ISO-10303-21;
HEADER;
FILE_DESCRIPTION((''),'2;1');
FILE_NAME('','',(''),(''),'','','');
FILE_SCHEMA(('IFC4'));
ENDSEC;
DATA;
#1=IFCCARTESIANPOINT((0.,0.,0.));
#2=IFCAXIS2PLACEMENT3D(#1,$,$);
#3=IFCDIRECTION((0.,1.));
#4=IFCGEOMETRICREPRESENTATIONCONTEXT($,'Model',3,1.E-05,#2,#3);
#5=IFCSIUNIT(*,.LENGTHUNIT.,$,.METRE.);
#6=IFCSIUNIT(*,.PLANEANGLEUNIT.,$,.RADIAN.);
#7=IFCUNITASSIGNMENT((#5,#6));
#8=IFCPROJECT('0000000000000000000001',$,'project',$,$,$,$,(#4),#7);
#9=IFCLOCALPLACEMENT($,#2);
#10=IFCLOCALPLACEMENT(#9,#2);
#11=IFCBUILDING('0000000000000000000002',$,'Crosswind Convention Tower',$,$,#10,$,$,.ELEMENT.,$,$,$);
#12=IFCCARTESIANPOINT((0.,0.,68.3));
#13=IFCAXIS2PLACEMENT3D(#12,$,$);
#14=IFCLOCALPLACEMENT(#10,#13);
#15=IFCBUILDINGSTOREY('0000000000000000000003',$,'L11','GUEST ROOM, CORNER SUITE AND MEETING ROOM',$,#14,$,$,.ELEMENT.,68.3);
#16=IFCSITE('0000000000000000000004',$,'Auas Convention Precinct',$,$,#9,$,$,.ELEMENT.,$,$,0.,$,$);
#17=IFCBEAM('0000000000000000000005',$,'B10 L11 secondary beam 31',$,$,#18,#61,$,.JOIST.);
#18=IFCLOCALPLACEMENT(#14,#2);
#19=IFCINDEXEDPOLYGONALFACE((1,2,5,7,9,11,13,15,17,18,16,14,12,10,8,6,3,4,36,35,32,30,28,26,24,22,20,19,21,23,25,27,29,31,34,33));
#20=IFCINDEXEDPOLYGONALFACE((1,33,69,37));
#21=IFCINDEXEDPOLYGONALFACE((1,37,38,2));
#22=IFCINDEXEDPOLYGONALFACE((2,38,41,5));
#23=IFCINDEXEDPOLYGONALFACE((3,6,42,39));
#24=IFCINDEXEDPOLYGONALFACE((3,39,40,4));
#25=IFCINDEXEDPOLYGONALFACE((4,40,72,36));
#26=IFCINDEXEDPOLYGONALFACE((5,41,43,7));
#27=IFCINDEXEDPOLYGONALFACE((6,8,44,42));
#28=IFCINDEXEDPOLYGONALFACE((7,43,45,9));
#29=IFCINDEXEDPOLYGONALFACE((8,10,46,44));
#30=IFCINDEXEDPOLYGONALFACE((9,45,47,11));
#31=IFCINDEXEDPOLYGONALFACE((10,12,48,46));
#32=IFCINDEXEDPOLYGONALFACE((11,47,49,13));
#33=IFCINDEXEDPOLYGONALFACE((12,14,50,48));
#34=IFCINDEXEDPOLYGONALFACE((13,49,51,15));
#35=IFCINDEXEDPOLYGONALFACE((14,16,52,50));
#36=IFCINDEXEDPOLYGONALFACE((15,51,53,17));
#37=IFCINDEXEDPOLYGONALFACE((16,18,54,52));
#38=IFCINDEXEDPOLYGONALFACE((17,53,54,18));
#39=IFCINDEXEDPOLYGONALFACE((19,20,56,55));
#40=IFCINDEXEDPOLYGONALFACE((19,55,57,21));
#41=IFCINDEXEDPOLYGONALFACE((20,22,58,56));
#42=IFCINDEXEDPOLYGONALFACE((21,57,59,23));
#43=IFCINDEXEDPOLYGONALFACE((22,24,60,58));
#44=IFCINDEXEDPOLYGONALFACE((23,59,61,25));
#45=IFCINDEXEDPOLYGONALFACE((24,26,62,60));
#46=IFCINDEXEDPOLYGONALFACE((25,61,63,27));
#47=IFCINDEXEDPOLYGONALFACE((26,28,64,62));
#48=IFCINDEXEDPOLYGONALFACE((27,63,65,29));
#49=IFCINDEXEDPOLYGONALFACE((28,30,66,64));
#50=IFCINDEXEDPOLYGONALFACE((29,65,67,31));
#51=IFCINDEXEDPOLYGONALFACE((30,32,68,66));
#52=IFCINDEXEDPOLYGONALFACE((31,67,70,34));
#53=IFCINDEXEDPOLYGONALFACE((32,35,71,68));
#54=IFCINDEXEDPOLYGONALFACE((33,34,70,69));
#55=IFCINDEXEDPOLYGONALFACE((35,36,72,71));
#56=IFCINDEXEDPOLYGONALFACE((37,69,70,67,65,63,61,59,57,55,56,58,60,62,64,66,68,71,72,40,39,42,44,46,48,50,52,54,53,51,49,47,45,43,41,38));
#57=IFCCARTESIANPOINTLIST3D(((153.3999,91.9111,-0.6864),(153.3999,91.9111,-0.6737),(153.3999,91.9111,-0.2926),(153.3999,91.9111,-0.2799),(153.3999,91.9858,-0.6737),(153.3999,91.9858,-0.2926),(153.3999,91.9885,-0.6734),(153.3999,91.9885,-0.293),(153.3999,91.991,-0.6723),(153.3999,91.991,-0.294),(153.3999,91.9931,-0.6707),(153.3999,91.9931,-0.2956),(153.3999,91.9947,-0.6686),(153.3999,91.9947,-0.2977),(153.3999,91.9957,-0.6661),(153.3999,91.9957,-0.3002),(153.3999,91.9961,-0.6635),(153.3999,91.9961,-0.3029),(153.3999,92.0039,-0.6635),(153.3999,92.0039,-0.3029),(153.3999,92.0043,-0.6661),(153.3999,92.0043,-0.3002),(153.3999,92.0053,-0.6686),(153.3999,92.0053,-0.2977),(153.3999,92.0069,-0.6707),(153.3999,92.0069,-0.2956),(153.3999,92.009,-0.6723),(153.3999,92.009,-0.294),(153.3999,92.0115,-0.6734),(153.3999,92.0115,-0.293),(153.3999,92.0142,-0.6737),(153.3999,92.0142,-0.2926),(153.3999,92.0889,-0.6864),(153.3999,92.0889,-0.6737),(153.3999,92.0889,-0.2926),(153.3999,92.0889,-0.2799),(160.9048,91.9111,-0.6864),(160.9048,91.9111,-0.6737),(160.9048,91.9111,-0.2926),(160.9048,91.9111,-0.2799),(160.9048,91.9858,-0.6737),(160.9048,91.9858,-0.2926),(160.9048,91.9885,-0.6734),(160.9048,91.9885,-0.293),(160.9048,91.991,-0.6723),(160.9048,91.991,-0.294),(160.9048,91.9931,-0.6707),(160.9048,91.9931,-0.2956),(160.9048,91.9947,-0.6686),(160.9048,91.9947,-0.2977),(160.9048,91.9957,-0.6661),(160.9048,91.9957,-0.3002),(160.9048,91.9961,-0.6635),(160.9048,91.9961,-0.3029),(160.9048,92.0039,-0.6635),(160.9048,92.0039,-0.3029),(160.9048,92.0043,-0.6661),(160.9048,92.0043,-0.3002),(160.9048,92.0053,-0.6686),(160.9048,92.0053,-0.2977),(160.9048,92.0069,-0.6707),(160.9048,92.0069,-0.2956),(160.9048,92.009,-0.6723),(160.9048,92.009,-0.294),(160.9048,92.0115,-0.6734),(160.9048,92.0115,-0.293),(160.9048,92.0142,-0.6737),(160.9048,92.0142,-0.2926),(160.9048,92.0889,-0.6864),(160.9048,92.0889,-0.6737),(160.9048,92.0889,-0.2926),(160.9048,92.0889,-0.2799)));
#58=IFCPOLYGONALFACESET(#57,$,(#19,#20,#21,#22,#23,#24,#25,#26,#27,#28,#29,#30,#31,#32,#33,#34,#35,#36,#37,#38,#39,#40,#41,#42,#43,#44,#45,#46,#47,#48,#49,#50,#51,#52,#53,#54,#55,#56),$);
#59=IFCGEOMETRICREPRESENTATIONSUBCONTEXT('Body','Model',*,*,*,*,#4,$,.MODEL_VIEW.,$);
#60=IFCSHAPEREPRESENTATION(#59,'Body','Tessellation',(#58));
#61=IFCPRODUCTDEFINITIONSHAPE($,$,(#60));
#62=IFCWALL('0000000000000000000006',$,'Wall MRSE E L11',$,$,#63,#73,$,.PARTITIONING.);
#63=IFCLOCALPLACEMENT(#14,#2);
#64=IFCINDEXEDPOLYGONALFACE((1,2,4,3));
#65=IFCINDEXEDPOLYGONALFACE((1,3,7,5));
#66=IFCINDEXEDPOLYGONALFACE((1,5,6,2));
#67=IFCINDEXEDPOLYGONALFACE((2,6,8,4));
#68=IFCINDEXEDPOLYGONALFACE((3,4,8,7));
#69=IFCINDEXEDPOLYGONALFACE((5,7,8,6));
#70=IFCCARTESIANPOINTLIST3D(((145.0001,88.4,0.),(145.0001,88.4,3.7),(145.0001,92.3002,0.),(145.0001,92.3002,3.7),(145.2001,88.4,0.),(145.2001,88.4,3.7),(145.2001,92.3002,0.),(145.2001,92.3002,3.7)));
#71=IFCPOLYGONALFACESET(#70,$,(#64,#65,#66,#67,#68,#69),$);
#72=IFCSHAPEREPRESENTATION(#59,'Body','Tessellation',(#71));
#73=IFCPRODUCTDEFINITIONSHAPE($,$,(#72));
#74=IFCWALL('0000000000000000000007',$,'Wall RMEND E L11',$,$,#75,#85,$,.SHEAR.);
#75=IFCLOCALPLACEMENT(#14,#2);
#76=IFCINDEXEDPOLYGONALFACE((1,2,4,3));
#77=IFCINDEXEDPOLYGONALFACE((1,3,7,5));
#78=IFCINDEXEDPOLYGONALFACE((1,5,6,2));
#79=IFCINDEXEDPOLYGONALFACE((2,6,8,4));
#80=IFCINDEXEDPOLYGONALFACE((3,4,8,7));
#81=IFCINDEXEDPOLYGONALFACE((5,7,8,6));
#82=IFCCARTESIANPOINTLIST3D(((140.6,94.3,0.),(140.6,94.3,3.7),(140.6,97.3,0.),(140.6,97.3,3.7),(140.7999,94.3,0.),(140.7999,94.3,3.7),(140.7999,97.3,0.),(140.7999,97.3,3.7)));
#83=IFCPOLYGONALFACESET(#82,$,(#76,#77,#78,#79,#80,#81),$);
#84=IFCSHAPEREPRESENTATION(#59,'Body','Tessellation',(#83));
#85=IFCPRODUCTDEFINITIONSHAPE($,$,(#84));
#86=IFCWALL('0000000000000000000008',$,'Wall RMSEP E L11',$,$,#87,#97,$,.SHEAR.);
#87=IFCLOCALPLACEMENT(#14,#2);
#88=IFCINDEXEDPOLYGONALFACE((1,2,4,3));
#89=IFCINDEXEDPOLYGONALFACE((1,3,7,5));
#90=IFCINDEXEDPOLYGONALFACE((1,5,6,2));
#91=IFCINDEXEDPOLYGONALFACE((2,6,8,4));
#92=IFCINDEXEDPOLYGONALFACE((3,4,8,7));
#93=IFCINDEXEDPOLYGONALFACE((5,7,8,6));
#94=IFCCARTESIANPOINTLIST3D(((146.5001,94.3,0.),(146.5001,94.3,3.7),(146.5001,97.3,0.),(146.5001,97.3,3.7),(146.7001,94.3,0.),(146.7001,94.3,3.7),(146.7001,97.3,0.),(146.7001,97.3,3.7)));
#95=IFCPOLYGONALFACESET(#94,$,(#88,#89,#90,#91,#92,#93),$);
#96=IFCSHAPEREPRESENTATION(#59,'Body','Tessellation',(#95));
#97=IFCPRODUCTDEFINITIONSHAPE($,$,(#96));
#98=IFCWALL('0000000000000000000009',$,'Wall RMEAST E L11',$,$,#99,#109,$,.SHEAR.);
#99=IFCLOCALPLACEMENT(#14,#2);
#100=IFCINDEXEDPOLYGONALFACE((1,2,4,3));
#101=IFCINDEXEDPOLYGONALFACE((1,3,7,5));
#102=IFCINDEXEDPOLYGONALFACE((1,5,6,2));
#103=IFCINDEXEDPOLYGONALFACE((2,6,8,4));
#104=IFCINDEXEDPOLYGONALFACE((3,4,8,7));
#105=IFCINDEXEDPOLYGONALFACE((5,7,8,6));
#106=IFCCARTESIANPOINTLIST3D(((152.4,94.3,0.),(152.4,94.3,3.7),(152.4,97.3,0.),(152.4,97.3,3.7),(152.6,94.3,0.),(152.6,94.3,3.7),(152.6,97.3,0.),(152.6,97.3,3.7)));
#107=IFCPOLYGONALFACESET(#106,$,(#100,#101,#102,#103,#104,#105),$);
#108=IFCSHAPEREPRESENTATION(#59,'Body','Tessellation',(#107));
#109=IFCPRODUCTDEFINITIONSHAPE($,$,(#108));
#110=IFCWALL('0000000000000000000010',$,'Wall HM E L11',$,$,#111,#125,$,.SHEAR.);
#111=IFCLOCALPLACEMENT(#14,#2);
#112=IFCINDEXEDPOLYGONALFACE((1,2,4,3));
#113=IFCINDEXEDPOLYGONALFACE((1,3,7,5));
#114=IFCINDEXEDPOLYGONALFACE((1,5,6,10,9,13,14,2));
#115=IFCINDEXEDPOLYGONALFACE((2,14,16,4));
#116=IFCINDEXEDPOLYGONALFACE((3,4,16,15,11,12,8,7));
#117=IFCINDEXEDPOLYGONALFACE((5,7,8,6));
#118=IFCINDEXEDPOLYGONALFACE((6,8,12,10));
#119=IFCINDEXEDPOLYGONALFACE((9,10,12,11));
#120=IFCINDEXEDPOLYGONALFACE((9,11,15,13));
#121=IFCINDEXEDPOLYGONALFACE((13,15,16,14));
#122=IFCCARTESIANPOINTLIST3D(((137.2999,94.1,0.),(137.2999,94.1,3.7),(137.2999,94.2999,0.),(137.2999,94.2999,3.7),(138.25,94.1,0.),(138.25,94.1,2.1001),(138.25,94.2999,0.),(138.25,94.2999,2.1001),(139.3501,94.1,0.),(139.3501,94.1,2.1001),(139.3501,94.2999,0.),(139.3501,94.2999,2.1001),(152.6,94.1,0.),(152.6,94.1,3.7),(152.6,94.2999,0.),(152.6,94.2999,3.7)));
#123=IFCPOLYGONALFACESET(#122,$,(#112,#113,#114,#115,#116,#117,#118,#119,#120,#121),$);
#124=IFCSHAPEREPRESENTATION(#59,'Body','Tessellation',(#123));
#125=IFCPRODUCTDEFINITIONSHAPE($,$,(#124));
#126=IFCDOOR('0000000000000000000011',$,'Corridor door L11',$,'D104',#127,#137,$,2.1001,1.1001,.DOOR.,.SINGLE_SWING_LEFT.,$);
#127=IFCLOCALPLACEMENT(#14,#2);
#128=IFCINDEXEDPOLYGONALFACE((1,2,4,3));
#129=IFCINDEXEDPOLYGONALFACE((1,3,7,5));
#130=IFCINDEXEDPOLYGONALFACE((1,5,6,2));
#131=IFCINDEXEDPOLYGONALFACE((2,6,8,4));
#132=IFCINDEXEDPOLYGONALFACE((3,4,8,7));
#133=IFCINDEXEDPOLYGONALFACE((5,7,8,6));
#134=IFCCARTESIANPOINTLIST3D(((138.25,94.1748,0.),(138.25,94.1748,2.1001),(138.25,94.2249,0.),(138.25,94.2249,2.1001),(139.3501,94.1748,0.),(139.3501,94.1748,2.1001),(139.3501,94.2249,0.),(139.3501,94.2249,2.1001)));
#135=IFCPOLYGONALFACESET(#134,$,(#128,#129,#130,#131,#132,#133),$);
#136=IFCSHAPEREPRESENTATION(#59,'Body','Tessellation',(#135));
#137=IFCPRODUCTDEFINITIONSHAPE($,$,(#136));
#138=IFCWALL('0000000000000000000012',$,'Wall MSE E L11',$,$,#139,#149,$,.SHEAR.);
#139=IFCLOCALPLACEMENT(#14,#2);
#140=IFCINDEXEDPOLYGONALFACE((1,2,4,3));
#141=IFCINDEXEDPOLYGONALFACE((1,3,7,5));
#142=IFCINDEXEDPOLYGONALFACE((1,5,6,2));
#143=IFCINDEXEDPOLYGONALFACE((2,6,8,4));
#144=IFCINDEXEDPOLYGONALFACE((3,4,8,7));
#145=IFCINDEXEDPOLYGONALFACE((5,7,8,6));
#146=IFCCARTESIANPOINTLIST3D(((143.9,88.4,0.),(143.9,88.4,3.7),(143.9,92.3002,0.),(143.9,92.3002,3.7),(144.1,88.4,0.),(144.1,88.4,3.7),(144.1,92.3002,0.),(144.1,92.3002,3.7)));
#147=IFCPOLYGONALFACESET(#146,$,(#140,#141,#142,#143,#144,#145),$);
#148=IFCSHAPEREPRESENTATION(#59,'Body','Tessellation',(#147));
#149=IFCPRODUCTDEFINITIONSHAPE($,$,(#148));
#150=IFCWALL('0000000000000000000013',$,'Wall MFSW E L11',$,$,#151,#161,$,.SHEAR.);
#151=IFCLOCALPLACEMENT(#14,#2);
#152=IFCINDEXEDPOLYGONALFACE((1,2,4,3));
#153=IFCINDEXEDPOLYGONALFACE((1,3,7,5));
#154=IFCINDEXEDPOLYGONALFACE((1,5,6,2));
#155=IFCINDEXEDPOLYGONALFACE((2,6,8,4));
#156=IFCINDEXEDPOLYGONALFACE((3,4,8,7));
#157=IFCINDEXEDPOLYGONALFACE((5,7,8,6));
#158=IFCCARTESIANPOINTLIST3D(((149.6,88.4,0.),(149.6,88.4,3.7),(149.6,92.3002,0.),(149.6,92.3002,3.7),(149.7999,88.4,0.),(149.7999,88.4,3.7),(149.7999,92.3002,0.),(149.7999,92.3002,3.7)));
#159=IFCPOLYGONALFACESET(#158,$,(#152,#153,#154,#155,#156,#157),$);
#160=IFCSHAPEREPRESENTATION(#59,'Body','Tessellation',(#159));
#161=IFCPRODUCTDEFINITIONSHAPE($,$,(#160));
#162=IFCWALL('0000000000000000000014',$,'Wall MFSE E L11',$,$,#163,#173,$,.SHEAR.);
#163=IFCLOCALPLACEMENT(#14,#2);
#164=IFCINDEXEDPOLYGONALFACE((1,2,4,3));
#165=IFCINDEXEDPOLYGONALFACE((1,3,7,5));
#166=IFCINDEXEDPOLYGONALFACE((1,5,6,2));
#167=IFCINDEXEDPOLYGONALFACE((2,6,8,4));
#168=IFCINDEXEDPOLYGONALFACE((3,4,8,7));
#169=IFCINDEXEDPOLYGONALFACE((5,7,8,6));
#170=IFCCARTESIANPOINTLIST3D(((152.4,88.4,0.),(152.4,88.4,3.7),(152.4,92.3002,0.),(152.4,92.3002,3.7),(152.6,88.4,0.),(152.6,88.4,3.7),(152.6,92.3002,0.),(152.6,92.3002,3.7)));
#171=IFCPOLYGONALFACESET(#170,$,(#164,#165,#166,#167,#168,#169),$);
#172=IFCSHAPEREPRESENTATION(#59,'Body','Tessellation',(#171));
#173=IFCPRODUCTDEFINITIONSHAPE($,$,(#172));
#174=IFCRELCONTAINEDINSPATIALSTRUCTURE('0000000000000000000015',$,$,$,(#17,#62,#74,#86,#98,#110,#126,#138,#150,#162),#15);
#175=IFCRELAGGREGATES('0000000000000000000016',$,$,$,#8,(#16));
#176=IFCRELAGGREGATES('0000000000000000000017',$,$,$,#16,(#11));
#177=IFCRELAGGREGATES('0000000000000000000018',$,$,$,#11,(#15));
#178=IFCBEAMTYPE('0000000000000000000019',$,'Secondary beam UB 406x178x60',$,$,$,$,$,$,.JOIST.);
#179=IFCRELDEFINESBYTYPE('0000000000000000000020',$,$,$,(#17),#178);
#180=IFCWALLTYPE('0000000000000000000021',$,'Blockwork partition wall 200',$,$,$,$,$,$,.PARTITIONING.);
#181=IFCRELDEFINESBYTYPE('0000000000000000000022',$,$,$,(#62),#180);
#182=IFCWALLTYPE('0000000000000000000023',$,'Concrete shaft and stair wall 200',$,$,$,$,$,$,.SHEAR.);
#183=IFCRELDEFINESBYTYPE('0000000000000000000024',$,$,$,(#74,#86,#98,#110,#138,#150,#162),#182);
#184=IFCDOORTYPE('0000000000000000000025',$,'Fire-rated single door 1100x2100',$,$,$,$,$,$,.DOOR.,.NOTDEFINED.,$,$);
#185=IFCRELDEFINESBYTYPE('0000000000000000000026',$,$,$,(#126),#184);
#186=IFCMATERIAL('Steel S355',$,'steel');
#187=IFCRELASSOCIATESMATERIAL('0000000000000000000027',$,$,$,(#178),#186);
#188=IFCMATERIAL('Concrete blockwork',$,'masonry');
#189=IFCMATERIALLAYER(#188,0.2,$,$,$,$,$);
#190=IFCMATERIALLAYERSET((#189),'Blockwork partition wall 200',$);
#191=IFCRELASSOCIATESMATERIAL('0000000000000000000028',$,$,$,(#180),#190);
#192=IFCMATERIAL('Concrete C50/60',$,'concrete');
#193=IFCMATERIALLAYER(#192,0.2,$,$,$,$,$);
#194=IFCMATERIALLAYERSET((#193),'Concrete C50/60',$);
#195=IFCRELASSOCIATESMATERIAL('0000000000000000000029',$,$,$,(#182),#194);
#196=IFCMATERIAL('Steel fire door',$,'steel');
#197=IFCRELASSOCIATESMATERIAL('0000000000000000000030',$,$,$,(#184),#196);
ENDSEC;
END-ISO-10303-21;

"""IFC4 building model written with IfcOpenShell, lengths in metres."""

from ifc_helpers import new_model, si_unit, direction, frame, frame_2d, origin, origin_2d, place, context, subcontext, project, spatial, rectangle, i_section, extrude, material, layer, layer_set, material_profile, profile_set, type_object, element, fill, save


model = new_model("IFC4")

# Units and contexts
model_context = context("Model", 3, precision=1e-05, world=origin(), true_north=direction((0.0, 1.0)))
body_context = subcontext(model_context, "Body", "Model", "MODEL_VIEW")
ifc_project = project(units=[si_unit("LENGTHUNIT", "METRE"), si_unit("PLANEANGLEUNIT", "RADIAN")], contexts=[model_context])

# Site, building, storey
site_placement = place(None, origin())
site = spatial("IfcSite", under=ifc_project, at=site_placement, Name="Auas Convention Precinct", CompositionType="ELEMENT", RefElevation=0.0)
building_placement = place(site_placement, origin())
building = spatial("IfcBuilding", under=site, at=building_placement, Name="Crosswind Convention Tower", CompositionType="ELEMENT")
storey_placement = place(building_placement, frame((0.0, 0.0, 68.3)))
storey = spatial("IfcBuildingStorey", under=building, at=storey_placement, Name="L11", Description="GUEST ROOM, CORNER SUITE AND MEETING ROOM", CompositionType="ELEMENT", Elevation=68.3)

# Beam
ifc_material_1 = material(Name="Steel S355", Category="steel")
ifc_material_profile = material_profile(ifc_material_1, i_section(OverallWidth=0.1777, OverallDepth=0.4065, WebThickness=0.0078, FlangeThickness=0.0127, FilletRadius=0.0103, at=origin_2d()), Name="UB 406x178x60")
ifc_profile_set = profile_set([ifc_material_profile], Name="Steel S355")
beam_type = type_object("IfcBeamType", Name="Secondary beam UB 406x178x60", PredefinedType="JOIST", material=ifc_profile_set)
beam_placement = place(storey_placement, frame((153.3999, 92.0, -0.4832), z_axis=(1.0, 0.0, 0.0), x_axis=(0.0, 1.0, 0.0)))
element("IfcBeam", 1, at=beam_placement, inside=storey, type_object=beam_type, Name="B10 L11 secondary beam 31", PredefinedType="JOIST", context=body_context, shape_type="SweptSolid", body=[
    extrude(i_section(OverallWidth=0.1777, OverallDepth=0.4065, WebThickness=0.0078, FlangeThickness=0.0127, FilletRadius=0.0103, at=origin_2d()), origin(), (0.0, 0.0, 1.0), 7.5049),
])

# Wall
ifc_material_2 = material(Name="Concrete blockwork", Category="masonry")
ifc_layer_1 = layer(ifc_material_2, 0.2)
ifc_layer_set_1 = layer_set([ifc_layer_1], Name="Blockwork partition wall 200")
wall_type_1 = type_object("IfcWallType", Name="Blockwork partition wall 200", PredefinedType="PARTITIONING", material=ifc_layer_set_1)
wall_1_placement = place(storey_placement, frame((145.1001, 88.3999, 0.0), z_axis=(0.0, 0.0, 1.0), x_axis=(0.0, 1.0, 0.0)))
element("IfcWall", 2, at=wall_1_placement, inside=storey, type_object=wall_type_1, Name="Wall MRSE E L11", PredefinedType="PARTITIONING", context=body_context, shape_type="SweptSolid", body=[
    extrude(rectangle(XDim=3.9001, YDim=0.2, at=frame_2d((1.9502, 0.0))), origin(), (0.0, 0.0, 1.0), 3.7),
])

# Shared definitions
ifc_material_3 = material(Name="Concrete C50/60", Category="concrete")

# Walls
ifc_layer_2 = layer(ifc_material_3, 0.2)
ifc_layer_set_2 = layer_set([ifc_layer_2], Name="Concrete C50/60")
wall_type_2 = type_object("IfcWallType", Name="Concrete shaft and stair wall 200", PredefinedType="SHEAR", material=ifc_layer_set_2)
for number, where, z_axis, x_axis, name in (
    (3, (140.7, 94.3, 0.0), (0.0, 0.0, 1.0), (0.0, 1.0, 0.0), "Wall RMEND E L11"),
    (4, (146.6001, 94.3, 0.0), (0.0, 0.0, 1.0), (0.0, 1.0, 0.0), "Wall RMSEP E L11"),
    (5, (152.5, 94.3, 0.0), (0.0, 0.0, 1.0), (0.0, 1.0, 0.0), "Wall RMEAST E L11"),
):
    element("IfcWall", number, at=place(storey_placement, frame(where, z_axis=z_axis, x_axis=x_axis)), inside=storey, type_object=wall_type_2, Name=name, PredefinedType="SHEAR", context=body_context, shape_type="SweptSolid", body=[
        extrude(rectangle(XDim=3.0, YDim=0.2, at=frame_2d((1.5, 0.0))), origin(), (0.0, 0.0, 1.0), 3.7),
    ])

# Wall, opening, door
wall_2_placement = place(storey_placement, frame((137.3, 94.2, 0.0), z_axis=(0.0, 0.0, 1.0), x_axis=(1.0, 0.0, 0.0)))
wall_2 = element("IfcWall", 6, at=wall_2_placement, inside=storey, type_object=wall_type_2, Name="Wall HM E L11", PredefinedType="SHEAR", context=body_context, shape_type="SweptSolid", body=[
    extrude(rectangle(XDim=15.3, YDim=0.2, at=frame_2d((7.6499, 0.0))), origin(), (0.0, 0.0, 1.0), 3.7),
])
opening_1_placement = place(wall_2_placement, frame((0.95, 0.0, 0.0)))
opening_1 = element("IfcOpeningElement", 7, at=opening_1_placement, cuts=wall_2, PredefinedType="OPENING", context=body_context, shape_type="SweptSolid", body=[
    extrude(rectangle(XDim=1.1001, YDim=2.1001, at=frame_2d((0.55, 1.05))), frame((0.0, 0.1099, 0.0), z_axis=(0.0, -1.0, 0.0), x_axis=(1.0, 0.0, 0.0)), (0.0, 0.0, 1.0), 0.22),
])
ifc_material_4 = material(Name="Steel fire door", Category="steel")
door_type_1 = type_object("IfcDoorType", Name="Fire-rated single door 1100x2100", OperationType="NOTDEFINED", PredefinedType="DOOR", material=ifc_material_4)
door_1_placement = place(opening_1_placement, origin())
door_1 = element("IfcDoor", 8, at=door_1_placement, inside=storey, type_object=door_type_1, Name="Corridor door L11", ObjectType="D104", OperationType="SINGLE_SWING_LEFT", OverallHeight=2.1001, OverallWidth=1.1001, PredefinedType="DOOR", context=body_context, shape_type="SweptSolid", body=[
    extrude(rectangle(XDim=1.1001, YDim=2.1001, at=frame_2d((0.55, 1.05))), frame((0.0, 0.0249, 0.0), z_axis=(0.0, -1.0, 0.0), x_axis=(1.0, 0.0, 0.0)), (0.0, 0.0, 1.0), 0.05),
])
fill(opening_1, door_1)

# Walls
for number, where, z_axis, x_axis, name in (
    (9, (144.0, 88.3999, 0.0), (0.0, 0.0, 1.0), (0.0, 1.0, 0.0), "Wall MSE E L11"),
    (10, (149.7, 88.3999, 0.0), (0.0, 0.0, 1.0), (0.0, 1.0, 0.0), "Wall MFSW E L11"),
    (11, (152.5, 88.3999, 0.0), (0.0, 0.0, 1.0), (0.0, 1.0, 0.0), "Wall MFSE E L11"),
):
    element("IfcWall", number, at=place(storey_placement, frame(where, z_axis=z_axis, x_axis=x_axis)), inside=storey, type_object=wall_type_2, Name=name, PredefinedType="SHEAR", context=body_context, shape_type="SweptSolid", body=[
        extrude(rectangle(XDim=3.9001, YDim=0.2, at=frame_2d((1.9502, 0.0))), origin(), (0.0, 0.0, 1.0), 3.7),
    ])

save(model, "model.ifc")
